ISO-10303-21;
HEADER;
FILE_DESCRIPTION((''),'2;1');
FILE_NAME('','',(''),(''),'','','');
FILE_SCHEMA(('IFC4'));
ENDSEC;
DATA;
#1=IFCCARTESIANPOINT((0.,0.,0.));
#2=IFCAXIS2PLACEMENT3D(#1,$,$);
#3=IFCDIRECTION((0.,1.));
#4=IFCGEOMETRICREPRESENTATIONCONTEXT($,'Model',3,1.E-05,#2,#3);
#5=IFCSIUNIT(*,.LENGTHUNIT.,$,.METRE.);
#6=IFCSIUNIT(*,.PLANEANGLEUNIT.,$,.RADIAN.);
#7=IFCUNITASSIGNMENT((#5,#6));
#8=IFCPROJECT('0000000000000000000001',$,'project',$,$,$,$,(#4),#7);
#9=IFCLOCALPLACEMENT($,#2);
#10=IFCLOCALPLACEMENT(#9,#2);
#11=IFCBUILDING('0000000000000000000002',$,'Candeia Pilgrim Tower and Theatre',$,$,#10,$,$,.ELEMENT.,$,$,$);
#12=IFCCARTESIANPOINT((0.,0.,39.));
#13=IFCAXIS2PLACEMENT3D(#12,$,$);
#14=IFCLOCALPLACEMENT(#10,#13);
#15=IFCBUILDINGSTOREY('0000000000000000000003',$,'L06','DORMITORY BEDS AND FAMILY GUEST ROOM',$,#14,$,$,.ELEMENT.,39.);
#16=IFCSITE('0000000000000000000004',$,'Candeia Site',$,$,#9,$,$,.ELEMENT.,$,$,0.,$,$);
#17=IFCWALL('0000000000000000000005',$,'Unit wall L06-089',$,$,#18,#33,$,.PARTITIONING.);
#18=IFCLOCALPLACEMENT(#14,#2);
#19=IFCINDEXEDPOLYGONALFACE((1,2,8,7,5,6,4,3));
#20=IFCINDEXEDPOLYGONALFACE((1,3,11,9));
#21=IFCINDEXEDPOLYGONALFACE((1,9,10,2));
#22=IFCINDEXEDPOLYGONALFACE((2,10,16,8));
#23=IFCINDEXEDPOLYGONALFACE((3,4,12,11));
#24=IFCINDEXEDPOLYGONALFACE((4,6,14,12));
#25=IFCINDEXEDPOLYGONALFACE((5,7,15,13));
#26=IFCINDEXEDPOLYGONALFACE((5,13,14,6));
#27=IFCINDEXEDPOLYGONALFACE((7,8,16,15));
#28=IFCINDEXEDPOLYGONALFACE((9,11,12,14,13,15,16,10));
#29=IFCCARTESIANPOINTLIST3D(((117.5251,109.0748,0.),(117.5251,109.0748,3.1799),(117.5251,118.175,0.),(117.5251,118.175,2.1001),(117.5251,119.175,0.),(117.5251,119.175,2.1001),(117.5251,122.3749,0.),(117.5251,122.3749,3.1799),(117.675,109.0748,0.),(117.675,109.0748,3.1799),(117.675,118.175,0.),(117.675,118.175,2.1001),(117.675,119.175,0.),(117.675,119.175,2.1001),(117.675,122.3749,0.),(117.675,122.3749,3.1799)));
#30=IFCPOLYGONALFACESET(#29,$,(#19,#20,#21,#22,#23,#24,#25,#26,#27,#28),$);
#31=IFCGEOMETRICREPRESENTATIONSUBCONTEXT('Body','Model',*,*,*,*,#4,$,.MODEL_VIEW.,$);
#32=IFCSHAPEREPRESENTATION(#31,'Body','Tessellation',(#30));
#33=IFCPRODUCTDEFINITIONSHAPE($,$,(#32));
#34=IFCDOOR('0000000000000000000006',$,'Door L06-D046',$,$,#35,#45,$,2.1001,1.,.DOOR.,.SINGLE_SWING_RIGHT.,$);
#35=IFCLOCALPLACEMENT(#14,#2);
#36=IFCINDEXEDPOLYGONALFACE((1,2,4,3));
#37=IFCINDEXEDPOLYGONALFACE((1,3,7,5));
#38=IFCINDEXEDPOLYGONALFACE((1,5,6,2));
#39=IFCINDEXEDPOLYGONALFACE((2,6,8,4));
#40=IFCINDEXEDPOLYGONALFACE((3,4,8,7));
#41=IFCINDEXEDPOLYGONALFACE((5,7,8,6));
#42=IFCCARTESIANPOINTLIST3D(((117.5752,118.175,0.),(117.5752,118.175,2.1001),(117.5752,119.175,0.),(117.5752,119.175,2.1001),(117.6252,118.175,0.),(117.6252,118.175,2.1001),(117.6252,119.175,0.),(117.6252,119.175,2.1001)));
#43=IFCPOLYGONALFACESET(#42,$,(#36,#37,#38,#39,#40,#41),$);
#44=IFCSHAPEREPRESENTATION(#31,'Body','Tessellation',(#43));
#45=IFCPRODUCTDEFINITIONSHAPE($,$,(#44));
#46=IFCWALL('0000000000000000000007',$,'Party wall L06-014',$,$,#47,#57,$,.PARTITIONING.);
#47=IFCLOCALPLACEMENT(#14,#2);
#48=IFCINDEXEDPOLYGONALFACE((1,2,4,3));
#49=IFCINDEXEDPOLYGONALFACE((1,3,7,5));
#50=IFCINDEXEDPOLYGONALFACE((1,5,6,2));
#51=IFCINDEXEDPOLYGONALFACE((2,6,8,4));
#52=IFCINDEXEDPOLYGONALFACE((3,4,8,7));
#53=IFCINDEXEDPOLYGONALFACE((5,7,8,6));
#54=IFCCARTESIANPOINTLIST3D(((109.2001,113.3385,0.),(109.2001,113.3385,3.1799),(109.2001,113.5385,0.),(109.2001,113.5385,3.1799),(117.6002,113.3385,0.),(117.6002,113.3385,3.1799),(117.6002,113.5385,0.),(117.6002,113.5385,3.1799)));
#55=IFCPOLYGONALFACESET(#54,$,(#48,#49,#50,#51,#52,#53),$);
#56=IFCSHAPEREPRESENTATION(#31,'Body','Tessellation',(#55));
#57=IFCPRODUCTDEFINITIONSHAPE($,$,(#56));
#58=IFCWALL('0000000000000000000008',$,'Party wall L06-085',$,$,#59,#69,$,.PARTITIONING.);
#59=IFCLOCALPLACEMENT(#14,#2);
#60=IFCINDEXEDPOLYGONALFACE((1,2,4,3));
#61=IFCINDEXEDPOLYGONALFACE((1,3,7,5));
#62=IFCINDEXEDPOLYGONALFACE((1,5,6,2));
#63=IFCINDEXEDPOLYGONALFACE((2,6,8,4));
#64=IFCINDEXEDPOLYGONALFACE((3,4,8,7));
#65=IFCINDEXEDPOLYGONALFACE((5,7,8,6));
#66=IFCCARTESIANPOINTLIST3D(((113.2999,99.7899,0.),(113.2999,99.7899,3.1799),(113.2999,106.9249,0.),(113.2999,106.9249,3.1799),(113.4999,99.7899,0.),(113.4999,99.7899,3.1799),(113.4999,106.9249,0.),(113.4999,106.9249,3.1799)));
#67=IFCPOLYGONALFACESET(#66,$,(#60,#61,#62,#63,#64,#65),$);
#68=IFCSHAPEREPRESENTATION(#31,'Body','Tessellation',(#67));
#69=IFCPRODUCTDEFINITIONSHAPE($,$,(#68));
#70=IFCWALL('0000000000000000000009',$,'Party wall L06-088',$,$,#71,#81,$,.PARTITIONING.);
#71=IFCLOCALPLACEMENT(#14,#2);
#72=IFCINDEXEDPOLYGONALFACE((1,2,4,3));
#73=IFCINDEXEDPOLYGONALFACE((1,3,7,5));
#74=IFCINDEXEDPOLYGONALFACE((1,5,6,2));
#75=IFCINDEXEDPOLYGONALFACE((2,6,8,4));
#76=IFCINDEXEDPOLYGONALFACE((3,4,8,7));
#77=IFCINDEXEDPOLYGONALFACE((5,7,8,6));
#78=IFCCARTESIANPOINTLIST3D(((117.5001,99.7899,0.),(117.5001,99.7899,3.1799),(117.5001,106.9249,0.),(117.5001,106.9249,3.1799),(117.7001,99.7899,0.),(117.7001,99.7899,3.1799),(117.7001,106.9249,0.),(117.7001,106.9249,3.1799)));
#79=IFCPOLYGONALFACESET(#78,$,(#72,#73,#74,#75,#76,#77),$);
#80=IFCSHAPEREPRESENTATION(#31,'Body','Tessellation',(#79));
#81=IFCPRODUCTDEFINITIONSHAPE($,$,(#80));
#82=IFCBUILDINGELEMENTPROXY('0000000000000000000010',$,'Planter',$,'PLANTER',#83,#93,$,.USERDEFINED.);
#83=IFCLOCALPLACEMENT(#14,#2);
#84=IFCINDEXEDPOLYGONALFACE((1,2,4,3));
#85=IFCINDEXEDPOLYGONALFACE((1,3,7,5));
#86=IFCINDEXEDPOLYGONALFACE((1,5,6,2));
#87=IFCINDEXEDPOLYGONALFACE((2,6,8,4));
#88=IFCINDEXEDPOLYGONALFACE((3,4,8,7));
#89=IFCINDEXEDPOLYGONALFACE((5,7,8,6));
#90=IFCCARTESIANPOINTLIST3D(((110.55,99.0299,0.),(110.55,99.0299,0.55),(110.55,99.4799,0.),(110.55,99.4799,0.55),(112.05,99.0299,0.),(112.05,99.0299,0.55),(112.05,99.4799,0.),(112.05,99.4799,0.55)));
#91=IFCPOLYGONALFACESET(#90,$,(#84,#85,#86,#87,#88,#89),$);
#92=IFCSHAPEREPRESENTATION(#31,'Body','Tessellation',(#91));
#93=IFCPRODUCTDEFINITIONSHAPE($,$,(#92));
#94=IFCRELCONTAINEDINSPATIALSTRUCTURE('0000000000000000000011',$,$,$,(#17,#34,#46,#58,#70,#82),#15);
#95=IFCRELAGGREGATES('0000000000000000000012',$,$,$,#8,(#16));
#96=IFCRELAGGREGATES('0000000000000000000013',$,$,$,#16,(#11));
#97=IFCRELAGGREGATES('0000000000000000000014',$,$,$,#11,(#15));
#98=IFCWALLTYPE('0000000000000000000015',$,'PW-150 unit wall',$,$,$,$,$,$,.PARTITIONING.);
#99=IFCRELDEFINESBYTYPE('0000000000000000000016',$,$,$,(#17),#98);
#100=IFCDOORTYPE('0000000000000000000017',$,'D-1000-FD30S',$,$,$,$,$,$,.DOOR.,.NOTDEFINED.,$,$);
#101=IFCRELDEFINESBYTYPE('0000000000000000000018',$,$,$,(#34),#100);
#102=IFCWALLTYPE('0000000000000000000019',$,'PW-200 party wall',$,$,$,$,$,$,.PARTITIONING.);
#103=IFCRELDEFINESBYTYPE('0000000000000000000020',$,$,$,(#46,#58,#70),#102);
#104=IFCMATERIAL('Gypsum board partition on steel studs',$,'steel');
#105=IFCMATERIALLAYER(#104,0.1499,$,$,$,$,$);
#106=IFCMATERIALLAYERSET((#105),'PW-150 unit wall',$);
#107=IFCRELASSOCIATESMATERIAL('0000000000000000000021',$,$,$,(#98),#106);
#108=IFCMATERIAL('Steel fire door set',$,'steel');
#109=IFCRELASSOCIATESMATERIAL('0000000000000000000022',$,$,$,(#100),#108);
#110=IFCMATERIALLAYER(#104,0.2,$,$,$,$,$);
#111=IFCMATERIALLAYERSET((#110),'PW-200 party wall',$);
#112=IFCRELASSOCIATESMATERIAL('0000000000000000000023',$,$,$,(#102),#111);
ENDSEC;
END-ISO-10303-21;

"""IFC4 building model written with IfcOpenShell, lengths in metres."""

from ifc_helpers import new_model, si_unit, direction, frame, frame_2d, origin, origin_2d, place, context, subcontext, project, spatial, rectangle, extrude, material, layer, layer_set, type_object, element, fill, save


model = new_model("IFC4")

# Units and contexts
model_context = context("Model", 3, precision=1e-05, world=origin(), true_north=direction((0.0, 1.0)))
body_context = subcontext(model_context, "Body", "Model", "MODEL_VIEW")
ifc_project = project(units=[si_unit("LENGTHUNIT", "METRE"), si_unit("PLANEANGLEUNIT", "RADIAN")], contexts=[model_context])

# Site, building, storey
site_placement = place(None, origin())
site = spatial("IfcSite", under=ifc_project, at=site_placement, Name="Candeia Site", CompositionType="ELEMENT", RefElevation=0.0)
building_placement = place(site_placement, origin())
building = spatial("IfcBuilding", under=site, at=building_placement, Name="Candeia Pilgrim Tower and Theatre", CompositionType="ELEMENT")
storey_placement = place(building_placement, frame((0.0, 0.0, 39.0)))
storey = spatial("IfcBuildingStorey", under=building, at=storey_placement, Name="L06", Description="DORMITORY BEDS AND FAMILY GUEST ROOM", CompositionType="ELEMENT", Elevation=39.0)

# Shared definitions
ifc_material_1 = material(Name="Gypsum board partition on steel studs", Category="steel")

# Shared definitions
ifc_layer_1 = layer(ifc_material_1, 0.1499)
ifc_layer_set_1 = layer_set([ifc_layer_1], Name="PW-150 unit wall")
wall_type_1 = type_object("IfcWallType", Name="PW-150 unit wall", PredefinedType="PARTITIONING", material=ifc_layer_set_1)

# Wall, opening, door
wall_1_placement = place(storey_placement, frame((117.6001, 109.075, 0.0), z_axis=(0.0, 0.0, 1.0), x_axis=(0.0, 1.0, 0.0)))
wall_1 = element("IfcWall", 1, at=wall_1_placement, inside=storey, type_object=wall_type_1, Name="Unit wall L06-089", PredefinedType="PARTITIONING", context=body_context, shape_type="SweptSolid", body=[
    extrude(rectangle(XDim=13.3, YDim=0.1499, at=frame_2d((6.6499, 0.0))), origin(), (0.0, 0.0, 1.0), 3.1799),
])
opening_1_placement = place(wall_1_placement, frame((9.1001, 0.0, 0.0)))
opening_1 = element("IfcOpeningElement", 2, at=opening_1_placement, cuts=wall_1, PredefinedType="OPENING", context=body_context, shape_type="SweptSolid", body=[
    extrude(rectangle(XDim=1.0, YDim=2.1001, at=frame_2d((0.5, 1.05))), frame((0.0, 0.085, 0.0), z_axis=(0.0, -1.0, 0.0), x_axis=(1.0, 0.0, 0.0)), (0.0, 0.0, 1.0), 0.1699),
])
ifc_material_2 = material(Name="Steel fire door set", Category="steel")
door_type_1 = type_object("IfcDoorType", Name="D-1000-FD30S", OperationType="NOTDEFINED", PredefinedType="DOOR", material=ifc_material_2)
door_1_placement = place(opening_1_placement, origin())
door_1 = element("IfcDoor", 3, at=door_1_placement, inside=storey, type_object=door_type_1, Name="Door L06-D046", OperationType="SINGLE_SWING_RIGHT", OverallHeight=2.1001, OverallWidth=1.0, PredefinedType="DOOR", context=body_context, shape_type="SweptSolid", body=[
    extrude(rectangle(XDim=1.0, YDim=2.1001, at=frame_2d((0.5, 1.05))), frame((0.0, 0.0249, 0.0), z_axis=(0.0, -1.0, 0.0), x_axis=(1.0, 0.0, 0.0)), (0.0, 0.0, 1.0), 0.05),
])
fill(opening_1, door_1)

# Walls
ifc_layer_2 = layer(ifc_material_1, 0.2)
ifc_layer_set_2 = layer_set([ifc_layer_2], Name="PW-200 party wall")
wall_type_2 = type_object("IfcWallType", Name="PW-200 party wall", PredefinedType="PARTITIONING", material=ifc_layer_set_2)
wall_2_placement = place(storey_placement, frame((109.2, 113.4385, 0.0), z_axis=(0.0, 0.0, 1.0), x_axis=(1.0, 0.0, 0.0)))
element("IfcWall", 4, at=wall_2_placement, inside=storey, type_object=wall_type_2, Name="Party wall L06-014", PredefinedType="PARTITIONING", context=body_context, shape_type="SweptSolid", body=[
    extrude(rectangle(XDim=8.4001, YDim=0.2, at=frame_2d((4.2002, 0.0))), origin(), (0.0, 0.0, 1.0), 3.1799),
])
for number, where, z_axis, x_axis, name in (
    (5, (113.3999, 99.79, 0.0), (0.0, 0.0, 1.0), (0.0, 1.0, 0.0), "Party wall L06-085"),
    (6, (117.6001, 99.79, 0.0), (0.0, 0.0, 1.0), (0.0, 1.0, 0.0), "Party wall L06-088"),
):
    element("IfcWall", number, at=place(storey_placement, frame(where, z_axis=z_axis, x_axis=x_axis)), inside=storey, type_object=wall_type_2, Name=name, PredefinedType="PARTITIONING", context=body_context, shape_type="SweptSolid", body=[
        extrude(rectangle(XDim=7.135, YDim=0.2, at=frame_2d((3.5674, 0.0))), origin(), (0.0, 0.0, 1.0), 3.1799),
    ])

# Building element proxy
proxy_placement = place(storey_placement, frame((111.3, 99.2549, 0.0), z_axis=(0.0, 0.0, 1.0), x_axis=(1.0, 0.0, 0.0)))
element("IfcBuildingElementProxy", 7, at=proxy_placement, inside=storey, Name="Planter", ObjectType="PLANTER", PredefinedType="USERDEFINED", context=body_context, shape_type="SweptSolid", body=[
    extrude(rectangle(XDim=1.5, YDim=0.45, at=origin_2d()), origin(), (0.0, 0.0, 1.0), 0.55),
])

save(model, "model.ifc")
